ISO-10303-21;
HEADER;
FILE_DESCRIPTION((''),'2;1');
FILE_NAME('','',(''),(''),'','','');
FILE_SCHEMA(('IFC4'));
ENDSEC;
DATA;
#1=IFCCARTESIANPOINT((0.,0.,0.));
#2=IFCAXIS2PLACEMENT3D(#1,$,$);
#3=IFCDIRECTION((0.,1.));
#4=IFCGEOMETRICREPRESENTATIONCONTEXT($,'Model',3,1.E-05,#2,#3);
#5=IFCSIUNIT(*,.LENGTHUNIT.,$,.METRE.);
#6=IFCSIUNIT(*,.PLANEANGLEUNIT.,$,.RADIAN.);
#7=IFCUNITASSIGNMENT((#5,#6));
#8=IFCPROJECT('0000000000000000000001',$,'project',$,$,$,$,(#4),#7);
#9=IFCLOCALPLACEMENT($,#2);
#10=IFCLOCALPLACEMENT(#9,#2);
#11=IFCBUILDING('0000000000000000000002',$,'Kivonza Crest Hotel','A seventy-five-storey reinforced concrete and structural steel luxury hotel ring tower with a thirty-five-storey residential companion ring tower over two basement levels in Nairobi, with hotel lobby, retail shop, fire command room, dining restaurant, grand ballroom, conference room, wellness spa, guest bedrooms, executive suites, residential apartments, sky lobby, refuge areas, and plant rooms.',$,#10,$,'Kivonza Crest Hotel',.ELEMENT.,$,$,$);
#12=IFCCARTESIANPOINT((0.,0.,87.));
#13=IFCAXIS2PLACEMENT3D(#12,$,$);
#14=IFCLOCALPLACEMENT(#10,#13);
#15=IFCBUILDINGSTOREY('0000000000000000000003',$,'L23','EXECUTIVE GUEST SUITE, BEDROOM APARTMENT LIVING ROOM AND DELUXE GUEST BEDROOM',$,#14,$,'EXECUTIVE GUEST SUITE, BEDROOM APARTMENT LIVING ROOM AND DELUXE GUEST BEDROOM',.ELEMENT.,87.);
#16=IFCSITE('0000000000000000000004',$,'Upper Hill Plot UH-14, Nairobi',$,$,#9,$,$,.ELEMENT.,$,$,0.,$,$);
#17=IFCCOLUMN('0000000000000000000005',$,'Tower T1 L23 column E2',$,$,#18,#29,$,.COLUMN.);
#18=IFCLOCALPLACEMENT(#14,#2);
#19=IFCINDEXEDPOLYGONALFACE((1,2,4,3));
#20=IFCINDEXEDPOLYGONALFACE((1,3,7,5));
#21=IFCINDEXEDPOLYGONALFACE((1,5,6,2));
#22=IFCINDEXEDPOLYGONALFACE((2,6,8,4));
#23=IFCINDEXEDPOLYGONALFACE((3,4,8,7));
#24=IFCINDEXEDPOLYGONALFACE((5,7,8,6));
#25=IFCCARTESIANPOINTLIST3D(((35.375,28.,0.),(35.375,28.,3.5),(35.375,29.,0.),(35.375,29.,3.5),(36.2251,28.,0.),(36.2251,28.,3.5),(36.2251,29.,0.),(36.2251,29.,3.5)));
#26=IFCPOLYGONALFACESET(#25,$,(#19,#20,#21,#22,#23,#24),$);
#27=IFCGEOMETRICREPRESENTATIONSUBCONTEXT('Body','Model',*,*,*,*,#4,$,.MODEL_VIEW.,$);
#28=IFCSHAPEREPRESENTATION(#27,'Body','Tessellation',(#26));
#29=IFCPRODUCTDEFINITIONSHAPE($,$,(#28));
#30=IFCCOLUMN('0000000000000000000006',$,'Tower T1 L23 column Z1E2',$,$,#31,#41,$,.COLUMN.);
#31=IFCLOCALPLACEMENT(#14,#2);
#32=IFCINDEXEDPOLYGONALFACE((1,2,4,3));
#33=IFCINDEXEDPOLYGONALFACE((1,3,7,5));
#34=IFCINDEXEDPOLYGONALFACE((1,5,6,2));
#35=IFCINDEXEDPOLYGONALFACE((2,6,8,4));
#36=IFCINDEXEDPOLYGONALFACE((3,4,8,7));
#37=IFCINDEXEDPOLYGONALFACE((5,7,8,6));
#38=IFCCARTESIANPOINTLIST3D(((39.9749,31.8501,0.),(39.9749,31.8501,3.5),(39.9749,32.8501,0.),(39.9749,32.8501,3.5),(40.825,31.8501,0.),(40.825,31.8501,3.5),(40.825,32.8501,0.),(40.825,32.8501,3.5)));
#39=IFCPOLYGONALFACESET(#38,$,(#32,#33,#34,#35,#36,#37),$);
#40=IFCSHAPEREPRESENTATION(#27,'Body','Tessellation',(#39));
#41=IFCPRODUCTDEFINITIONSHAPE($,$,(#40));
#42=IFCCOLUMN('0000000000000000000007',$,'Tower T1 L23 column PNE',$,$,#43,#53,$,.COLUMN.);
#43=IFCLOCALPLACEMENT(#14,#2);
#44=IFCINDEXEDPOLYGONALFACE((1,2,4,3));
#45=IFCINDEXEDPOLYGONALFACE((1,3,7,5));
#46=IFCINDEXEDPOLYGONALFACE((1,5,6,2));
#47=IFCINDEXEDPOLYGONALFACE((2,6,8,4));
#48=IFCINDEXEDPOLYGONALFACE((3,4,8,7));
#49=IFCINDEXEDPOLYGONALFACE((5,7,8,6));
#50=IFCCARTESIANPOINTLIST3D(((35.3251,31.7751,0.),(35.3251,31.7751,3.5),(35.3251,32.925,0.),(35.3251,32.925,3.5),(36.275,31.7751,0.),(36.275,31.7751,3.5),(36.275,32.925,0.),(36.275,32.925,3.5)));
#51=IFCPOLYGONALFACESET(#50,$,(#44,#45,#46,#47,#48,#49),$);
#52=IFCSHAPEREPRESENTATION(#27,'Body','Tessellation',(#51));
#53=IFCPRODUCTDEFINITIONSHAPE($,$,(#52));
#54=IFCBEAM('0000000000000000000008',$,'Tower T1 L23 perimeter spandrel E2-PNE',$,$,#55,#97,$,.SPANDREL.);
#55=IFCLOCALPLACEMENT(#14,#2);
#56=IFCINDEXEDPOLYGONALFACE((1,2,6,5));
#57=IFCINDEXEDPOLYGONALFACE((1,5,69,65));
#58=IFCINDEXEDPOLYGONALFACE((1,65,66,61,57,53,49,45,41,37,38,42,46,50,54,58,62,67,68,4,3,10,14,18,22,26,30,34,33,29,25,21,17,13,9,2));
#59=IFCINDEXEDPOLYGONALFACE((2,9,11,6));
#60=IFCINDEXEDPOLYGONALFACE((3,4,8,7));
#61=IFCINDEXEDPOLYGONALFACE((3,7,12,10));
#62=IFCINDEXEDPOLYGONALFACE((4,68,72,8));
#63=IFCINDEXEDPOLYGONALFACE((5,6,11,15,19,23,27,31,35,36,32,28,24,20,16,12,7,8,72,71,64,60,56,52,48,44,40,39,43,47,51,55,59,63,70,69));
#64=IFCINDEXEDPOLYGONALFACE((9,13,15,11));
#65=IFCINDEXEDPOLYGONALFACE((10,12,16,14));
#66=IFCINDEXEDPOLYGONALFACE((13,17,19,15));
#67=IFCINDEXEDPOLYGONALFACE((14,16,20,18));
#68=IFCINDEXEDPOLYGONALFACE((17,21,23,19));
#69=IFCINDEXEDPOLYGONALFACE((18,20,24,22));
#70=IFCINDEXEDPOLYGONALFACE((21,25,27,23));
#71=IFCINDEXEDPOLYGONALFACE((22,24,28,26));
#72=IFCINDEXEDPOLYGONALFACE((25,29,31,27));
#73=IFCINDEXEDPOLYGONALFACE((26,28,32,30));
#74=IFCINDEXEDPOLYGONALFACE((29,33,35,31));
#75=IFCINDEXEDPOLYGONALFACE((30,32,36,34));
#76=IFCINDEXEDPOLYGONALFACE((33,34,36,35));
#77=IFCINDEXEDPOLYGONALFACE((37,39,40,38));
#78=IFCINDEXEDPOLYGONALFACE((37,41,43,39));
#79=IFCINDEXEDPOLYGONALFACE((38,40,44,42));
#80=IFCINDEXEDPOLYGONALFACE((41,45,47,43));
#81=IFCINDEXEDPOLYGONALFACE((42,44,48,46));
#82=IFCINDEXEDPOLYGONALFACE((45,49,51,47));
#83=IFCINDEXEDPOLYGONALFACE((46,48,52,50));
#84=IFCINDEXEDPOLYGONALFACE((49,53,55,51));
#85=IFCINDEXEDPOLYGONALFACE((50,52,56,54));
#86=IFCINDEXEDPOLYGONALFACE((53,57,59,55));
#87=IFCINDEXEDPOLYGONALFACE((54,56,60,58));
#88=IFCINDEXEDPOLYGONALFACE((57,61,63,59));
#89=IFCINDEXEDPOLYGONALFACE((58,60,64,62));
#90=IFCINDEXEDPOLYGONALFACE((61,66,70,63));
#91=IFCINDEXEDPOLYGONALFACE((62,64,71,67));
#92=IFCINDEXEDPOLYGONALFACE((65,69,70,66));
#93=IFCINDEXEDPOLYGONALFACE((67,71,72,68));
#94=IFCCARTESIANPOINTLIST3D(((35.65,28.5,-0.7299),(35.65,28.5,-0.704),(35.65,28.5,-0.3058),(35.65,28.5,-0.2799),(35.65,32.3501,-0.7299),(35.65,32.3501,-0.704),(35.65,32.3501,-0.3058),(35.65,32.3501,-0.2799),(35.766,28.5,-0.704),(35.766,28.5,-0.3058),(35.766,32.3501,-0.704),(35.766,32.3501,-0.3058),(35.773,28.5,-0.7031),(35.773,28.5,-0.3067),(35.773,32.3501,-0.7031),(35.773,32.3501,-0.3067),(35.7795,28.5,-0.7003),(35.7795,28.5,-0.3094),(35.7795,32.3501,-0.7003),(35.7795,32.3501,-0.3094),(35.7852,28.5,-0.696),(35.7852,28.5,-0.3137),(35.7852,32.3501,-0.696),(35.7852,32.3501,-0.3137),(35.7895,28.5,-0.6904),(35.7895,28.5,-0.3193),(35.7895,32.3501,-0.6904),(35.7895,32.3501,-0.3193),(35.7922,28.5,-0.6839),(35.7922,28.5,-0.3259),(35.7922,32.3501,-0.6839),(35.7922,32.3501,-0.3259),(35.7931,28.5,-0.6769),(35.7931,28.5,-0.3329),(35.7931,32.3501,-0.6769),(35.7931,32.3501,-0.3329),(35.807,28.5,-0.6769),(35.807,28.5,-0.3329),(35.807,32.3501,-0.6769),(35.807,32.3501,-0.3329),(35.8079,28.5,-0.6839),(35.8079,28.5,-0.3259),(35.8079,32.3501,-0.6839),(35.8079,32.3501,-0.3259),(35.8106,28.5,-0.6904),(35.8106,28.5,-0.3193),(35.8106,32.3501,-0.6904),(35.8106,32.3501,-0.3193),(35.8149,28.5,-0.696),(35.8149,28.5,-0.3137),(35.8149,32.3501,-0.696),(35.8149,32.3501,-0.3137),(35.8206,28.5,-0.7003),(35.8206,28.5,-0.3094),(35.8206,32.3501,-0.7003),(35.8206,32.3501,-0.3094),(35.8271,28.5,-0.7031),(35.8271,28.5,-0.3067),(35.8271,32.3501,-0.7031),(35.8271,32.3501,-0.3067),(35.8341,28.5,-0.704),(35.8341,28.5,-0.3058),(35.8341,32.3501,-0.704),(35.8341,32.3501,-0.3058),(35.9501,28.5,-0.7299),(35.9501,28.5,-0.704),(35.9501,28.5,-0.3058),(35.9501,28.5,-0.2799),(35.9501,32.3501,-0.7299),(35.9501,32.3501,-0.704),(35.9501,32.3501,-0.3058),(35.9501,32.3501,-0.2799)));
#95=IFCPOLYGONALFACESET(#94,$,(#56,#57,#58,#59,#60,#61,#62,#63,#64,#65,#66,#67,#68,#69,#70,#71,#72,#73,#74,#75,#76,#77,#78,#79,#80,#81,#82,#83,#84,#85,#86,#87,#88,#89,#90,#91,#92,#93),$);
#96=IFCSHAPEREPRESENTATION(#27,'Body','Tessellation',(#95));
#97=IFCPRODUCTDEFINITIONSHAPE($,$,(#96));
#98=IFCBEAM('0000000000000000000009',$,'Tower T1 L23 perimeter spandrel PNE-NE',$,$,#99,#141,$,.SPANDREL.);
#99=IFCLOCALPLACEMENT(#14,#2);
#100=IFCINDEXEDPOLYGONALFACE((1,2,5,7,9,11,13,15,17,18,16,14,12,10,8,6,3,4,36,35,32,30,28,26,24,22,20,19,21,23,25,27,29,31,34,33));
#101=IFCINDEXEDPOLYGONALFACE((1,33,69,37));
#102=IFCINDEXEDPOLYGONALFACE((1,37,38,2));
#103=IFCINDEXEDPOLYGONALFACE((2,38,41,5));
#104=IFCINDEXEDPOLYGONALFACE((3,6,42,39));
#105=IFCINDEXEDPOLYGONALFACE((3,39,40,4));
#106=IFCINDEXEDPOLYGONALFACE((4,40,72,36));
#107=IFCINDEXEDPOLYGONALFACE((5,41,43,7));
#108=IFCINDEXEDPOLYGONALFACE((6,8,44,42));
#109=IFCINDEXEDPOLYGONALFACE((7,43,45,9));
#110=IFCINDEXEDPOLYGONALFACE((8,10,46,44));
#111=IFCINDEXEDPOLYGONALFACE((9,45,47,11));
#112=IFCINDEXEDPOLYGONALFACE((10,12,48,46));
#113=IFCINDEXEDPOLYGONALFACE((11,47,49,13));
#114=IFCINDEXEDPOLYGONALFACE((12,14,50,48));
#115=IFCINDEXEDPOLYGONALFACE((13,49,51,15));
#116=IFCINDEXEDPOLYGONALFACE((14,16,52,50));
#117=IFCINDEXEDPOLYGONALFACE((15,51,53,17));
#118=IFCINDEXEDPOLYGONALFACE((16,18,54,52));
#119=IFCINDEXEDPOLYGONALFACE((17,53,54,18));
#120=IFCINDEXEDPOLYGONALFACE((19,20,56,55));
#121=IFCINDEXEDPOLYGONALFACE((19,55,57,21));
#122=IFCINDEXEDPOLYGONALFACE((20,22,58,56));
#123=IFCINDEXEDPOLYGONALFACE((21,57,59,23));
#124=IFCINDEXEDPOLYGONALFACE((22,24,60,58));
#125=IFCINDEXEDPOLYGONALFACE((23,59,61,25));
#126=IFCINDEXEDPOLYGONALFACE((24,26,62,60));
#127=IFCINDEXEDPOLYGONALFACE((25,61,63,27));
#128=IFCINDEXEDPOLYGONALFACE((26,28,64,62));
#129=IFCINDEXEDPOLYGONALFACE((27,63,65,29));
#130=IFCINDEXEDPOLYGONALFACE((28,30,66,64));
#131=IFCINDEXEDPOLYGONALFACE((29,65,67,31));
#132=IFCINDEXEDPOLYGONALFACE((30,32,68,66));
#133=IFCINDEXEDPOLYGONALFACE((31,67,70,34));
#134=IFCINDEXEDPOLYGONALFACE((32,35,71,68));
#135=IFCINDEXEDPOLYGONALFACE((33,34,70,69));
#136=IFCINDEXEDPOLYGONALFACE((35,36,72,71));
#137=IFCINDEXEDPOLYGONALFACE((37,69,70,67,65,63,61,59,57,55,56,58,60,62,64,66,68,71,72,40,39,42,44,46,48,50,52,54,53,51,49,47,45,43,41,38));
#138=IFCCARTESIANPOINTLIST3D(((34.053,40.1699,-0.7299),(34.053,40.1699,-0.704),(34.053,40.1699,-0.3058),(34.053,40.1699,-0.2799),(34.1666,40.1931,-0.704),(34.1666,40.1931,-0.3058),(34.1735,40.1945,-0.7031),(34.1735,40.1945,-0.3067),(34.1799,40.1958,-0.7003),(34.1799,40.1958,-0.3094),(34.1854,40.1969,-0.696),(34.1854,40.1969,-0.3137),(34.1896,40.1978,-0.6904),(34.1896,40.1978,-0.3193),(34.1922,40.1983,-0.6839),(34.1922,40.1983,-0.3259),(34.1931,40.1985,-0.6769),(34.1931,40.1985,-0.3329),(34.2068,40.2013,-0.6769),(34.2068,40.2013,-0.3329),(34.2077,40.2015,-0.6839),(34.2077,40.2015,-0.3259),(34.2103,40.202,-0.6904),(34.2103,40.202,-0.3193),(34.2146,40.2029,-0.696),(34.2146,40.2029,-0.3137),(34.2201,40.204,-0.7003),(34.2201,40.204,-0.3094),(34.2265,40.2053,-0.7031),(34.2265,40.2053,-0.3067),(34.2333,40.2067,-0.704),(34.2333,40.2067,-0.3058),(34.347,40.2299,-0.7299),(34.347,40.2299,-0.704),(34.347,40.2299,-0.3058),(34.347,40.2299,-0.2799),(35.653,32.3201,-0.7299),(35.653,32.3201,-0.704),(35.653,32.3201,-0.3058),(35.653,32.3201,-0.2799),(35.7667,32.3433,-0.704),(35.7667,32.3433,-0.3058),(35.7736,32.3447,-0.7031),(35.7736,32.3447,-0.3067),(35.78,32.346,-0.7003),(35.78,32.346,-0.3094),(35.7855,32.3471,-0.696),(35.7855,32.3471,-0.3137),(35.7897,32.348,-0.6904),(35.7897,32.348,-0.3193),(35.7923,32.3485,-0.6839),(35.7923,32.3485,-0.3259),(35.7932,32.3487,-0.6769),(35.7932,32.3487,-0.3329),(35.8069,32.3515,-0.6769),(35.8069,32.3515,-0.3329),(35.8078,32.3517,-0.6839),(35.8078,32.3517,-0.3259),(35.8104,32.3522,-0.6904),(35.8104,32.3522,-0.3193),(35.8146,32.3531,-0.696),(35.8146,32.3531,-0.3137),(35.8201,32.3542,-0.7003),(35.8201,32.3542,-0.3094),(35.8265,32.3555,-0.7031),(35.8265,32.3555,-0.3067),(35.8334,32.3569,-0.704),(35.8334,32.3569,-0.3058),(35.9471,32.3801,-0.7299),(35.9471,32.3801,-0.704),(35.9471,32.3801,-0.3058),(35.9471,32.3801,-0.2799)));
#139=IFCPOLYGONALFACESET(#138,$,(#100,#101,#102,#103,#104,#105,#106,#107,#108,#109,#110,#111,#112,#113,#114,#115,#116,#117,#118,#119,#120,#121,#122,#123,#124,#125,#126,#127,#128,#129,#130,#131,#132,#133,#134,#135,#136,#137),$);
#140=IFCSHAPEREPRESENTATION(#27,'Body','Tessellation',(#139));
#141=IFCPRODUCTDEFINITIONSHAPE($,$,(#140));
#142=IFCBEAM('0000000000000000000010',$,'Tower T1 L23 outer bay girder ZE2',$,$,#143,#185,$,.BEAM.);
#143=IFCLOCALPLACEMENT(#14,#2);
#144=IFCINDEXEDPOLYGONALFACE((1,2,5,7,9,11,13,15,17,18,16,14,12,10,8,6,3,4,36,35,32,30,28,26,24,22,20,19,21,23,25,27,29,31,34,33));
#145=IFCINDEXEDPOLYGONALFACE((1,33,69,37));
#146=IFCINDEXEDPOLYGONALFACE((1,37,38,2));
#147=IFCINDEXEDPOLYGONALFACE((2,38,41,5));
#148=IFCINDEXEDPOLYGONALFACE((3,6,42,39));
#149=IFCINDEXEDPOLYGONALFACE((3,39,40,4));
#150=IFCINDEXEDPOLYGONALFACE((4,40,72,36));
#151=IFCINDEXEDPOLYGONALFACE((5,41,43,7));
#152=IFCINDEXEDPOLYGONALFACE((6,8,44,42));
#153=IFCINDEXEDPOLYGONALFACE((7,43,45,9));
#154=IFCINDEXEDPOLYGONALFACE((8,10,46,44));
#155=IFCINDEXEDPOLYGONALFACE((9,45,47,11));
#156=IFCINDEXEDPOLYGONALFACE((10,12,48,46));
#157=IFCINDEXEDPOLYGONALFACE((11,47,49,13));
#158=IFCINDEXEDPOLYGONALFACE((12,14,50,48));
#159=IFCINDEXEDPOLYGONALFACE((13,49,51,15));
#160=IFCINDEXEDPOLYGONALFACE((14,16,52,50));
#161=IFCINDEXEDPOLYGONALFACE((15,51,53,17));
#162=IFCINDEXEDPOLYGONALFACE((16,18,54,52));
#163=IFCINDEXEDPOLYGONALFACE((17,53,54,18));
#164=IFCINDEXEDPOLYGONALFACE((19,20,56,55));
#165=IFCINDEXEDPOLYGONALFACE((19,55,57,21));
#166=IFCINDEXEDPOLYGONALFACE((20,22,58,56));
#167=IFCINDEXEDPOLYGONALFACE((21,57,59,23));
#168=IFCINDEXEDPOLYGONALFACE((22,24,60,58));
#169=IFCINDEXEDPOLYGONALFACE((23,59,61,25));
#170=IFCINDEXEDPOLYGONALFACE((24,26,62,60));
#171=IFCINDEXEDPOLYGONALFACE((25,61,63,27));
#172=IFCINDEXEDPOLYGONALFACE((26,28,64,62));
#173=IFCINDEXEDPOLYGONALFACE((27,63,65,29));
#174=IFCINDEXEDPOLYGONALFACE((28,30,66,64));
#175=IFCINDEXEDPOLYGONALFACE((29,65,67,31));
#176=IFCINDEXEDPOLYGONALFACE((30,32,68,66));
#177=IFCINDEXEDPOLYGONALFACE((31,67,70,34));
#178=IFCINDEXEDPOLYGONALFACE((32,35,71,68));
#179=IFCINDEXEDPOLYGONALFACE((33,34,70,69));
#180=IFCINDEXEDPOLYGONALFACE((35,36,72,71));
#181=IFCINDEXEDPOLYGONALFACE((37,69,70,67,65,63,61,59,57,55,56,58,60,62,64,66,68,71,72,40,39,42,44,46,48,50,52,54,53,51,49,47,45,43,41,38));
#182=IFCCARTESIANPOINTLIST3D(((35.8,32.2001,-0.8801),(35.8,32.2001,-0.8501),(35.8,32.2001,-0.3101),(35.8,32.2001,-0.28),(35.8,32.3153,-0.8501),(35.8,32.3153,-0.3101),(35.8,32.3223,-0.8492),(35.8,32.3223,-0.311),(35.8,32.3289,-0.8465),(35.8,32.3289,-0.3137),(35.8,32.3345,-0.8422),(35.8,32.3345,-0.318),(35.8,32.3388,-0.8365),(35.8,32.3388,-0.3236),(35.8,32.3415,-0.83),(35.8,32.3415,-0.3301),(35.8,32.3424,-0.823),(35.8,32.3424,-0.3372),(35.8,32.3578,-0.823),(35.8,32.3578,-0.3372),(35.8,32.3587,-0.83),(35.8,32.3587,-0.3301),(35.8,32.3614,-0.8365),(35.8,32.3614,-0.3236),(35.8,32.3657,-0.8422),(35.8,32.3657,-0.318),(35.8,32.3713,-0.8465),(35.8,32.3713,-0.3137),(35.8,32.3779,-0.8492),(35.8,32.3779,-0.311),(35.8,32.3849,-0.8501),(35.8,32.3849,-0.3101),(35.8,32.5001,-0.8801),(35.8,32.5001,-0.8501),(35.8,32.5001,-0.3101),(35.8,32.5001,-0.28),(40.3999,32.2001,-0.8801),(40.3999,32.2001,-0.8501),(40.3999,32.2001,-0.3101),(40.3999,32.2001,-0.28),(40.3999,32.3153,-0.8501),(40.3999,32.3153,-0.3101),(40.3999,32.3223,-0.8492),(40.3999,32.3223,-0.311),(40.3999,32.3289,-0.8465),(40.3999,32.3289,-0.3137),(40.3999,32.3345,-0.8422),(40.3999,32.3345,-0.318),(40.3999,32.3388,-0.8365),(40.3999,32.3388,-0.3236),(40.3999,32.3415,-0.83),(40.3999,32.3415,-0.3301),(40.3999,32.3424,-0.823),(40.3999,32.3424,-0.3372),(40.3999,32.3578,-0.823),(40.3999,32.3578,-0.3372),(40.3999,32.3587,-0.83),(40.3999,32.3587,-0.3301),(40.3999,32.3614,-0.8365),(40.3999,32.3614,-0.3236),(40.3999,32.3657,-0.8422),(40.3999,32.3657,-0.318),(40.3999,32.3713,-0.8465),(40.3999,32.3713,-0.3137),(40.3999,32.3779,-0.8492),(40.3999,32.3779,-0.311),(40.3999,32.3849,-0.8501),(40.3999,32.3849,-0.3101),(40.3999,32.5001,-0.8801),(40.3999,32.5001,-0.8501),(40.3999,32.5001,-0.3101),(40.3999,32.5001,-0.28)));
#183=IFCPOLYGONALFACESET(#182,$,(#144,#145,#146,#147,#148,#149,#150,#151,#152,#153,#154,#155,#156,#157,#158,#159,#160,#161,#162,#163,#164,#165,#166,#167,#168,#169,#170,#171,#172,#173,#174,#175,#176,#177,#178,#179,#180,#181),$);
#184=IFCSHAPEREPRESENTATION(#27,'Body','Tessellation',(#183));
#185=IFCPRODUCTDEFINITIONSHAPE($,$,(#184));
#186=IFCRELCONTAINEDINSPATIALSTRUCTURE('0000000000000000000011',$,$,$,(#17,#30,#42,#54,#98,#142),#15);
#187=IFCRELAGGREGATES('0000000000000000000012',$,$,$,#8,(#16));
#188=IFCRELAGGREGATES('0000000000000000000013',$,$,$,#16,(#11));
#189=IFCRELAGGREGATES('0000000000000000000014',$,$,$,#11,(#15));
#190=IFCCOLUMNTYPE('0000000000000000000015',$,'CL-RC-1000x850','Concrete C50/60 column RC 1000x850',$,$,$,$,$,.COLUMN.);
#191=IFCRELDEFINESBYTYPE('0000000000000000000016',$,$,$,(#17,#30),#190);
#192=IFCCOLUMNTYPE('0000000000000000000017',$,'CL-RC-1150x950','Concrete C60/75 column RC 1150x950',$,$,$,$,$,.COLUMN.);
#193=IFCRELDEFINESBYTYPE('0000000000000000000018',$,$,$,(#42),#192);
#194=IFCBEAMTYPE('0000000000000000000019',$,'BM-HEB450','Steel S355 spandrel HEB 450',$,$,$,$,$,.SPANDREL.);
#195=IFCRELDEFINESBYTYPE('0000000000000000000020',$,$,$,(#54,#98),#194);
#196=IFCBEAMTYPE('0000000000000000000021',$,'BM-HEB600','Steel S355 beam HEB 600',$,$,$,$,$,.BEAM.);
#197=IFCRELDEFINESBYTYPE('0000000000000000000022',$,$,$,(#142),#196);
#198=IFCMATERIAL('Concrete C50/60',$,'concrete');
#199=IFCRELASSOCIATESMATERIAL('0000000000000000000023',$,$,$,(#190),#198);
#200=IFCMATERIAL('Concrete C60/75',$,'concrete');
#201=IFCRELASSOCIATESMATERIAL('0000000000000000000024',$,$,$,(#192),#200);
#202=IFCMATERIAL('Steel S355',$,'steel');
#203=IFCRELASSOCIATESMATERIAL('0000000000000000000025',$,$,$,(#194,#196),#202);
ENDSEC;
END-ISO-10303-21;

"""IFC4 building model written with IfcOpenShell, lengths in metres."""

from ifc_helpers import new_model, si_unit, direction, frame, origin, origin_2d, place, context, subcontext, project, spatial, rectangle, i_section, extrude, material, material_profile, profile_set, type_object, element, save


model = new_model("IFC4")

# Units and contexts
model_context = context("Model", 3, precision=1e-05, world=origin(), true_north=direction((0.0, 1.0)))
body_context = subcontext(model_context, "Body", "Model", "MODEL_VIEW")
ifc_project = project(units=[si_unit("LENGTHUNIT", "METRE"), si_unit("PLANEANGLEUNIT", "RADIAN")], contexts=[model_context])

# Site, building, storey
site_placement = place(None, origin())
site = spatial("IfcSite", under=ifc_project, at=site_placement, Name="Upper Hill Plot UH-14, Nairobi", CompositionType="ELEMENT", RefElevation=0.0)
building_placement = place(site_placement, origin())
building = spatial("IfcBuilding", under=site, at=building_placement, Name="Kivonza Crest Hotel", Description="A seventy-five-storey reinforced concrete and structural steel luxury hotel ring tower with a thirty-five-storey residential companion ring tower over two basement levels in Nairobi, with hotel lobby, retail shop, fire command room, dining restaurant, grand ballroom, conference room, wellness spa, guest bedrooms, executive suites, residential apartments, sky lobby, refuge areas, and plant rooms.", LongName="Kivonza Crest Hotel", CompositionType="ELEMENT")
storey_placement = place(building_placement, frame((0.0, 0.0, 87.0)))
storey = spatial("IfcBuildingStorey", under=building, at=storey_placement, Name="L23", Description="EXECUTIVE GUEST SUITE, BEDROOM APARTMENT LIVING ROOM AND DELUXE GUEST BEDROOM", LongName="EXECUTIVE GUEST SUITE, BEDROOM APARTMENT LIVING ROOM AND DELUXE GUEST BEDROOM", CompositionType="ELEMENT", Elevation=87.0)

# Columns
ifc_material_1 = material(Name="Concrete C50/60", Category="concrete")
ifc_material_profile_1 = material_profile(ifc_material_1, rectangle(XDim=0.8501, YDim=1.0, at=origin_2d()), Name="RC 1000x850")
ifc_profile_set_1 = profile_set([ifc_material_profile_1], Name="Concrete C50/60")
column_type_1 = type_object("IfcColumnType", Name="CL-RC-1000x850", Description="Concrete C50/60 column RC 1000x850", PredefinedType="COLUMN", material=ifc_profile_set_1)
for number, where, z_axis, x_axis, name in (
    (1, (35.8, 28.5, 0.0), (0.0, 0.0, 1.0), (1.0, 0.0, 0.0), "Tower T1 L23 column E2"),
    (2, (40.3999, 32.3501, 0.0), (0.0, 0.0, 1.0), (1.0, 0.0, 0.0), "Tower T1 L23 column Z1E2"),
):
    element("IfcColumn", number, at=place(storey_placement, frame(where, z_axis=z_axis, x_axis=x_axis)), inside=storey, type_object=column_type_1, Name=name, PredefinedType="COLUMN", context=body_context, shape_type="SweptSolid", body=[
        extrude(rectangle(XDim=0.8501, YDim=1.0, at=origin_2d()), origin(), (0.0, 0.0, 1.0), 3.5),
    ])
ifc_material_2 = material(Name="Concrete C60/75", Category="concrete")
ifc_material_profile_2 = material_profile(ifc_material_2, rectangle(XDim=0.95, YDim=1.1499, at=origin_2d()), Name="RC 1150x950")
ifc_profile_set_2 = profile_set([ifc_material_profile_2], Name="Concrete C60/75")
column_type_2 = type_object("IfcColumnType", Name="CL-RC-1150x950", Description="Concrete C60/75 column RC 1150x950", PredefinedType="COLUMN", material=ifc_profile_set_2)
column_placement = place(storey_placement, frame((35.8, 32.3501, 0.0), z_axis=(0.0, 0.0, 1.0), x_axis=(1.0, 0.0, 0.0)))
element("IfcColumn", 3, at=column_placement, inside=storey, type_object=column_type_2, Name="Tower T1 L23 column PNE", PredefinedType="COLUMN", context=body_context, shape_type="SweptSolid", body=[
    extrude(rectangle(XDim=0.95, YDim=1.1499, at=origin_2d()), origin(), (0.0, 0.0, 1.0), 3.5),
])

# Beams
ifc_material_3 = material(Name="Steel S355", Category="steel")
ifc_material_profile_3 = material_profile(ifc_material_3, i_section(OverallWidth=0.3, OverallDepth=0.45, WebThickness=0.0139, FlangeThickness=0.0259, FilletRadius=0.0271, at=origin_2d()), Name="HEB 450")
ifc_profile_set_3 = profile_set([ifc_material_profile_3], Name="Steel S355")
beam_type_1 = type_object("IfcBeamType", Name="BM-HEB450", Description="Steel S355 spandrel HEB 450", PredefinedType="SPANDREL", material=ifc_profile_set_3)
beam_1_placement = place(storey_placement, frame((35.8, 28.5, -0.5049), z_axis=(0.0, 1.0, 0.0), x_axis=(-1.0, 0.0, 0.0)))
element("IfcBeam", 4, at=beam_1_placement, inside=storey, type_object=beam_type_1, Name="Tower T1 L23 perimeter spandrel E2-PNE", PredefinedType="SPANDREL", context=body_context, shape_type="SweptSolid", body=[
    extrude(i_section(OverallWidth=0.3, OverallDepth=0.45, WebThickness=0.0139, FlangeThickness=0.0259, FilletRadius=0.0271, at=origin_2d()), origin(), (0.0, 0.0, 1.0), 3.8501),
])
beam_2_placement = place(storey_placement, frame((35.8, 32.3501, -0.5049), z_axis=(-0.199731, 0.979851, 0.0), x_axis=(-0.979851, -0.199731, 0.0)))
element("IfcBeam", 5, at=beam_2_placement, inside=storey, type_object=beam_type_1, Name="Tower T1 L23 perimeter spandrel PNE-NE", PredefinedType="SPANDREL", context=body_context, shape_type="SweptSolid", body=[
    extrude(i_section(OverallWidth=0.3, OverallDepth=0.45, WebThickness=0.0139, FlangeThickness=0.0259, FilletRadius=0.0271, at=origin_2d()), origin(), (0.0, 0.0, 1.0), 8.0112),
])
ifc_material_profile_4 = material_profile(ifc_material_3, i_section(OverallWidth=0.3, OverallDepth=0.6001, WebThickness=0.0154, FlangeThickness=0.03, FilletRadius=0.0271, at=origin_2d()), Name="HEB 600")
ifc_profile_set_4 = profile_set([ifc_material_profile_4], Name="Steel S355")
beam_type_2 = type_object("IfcBeamType", Name="BM-HEB600", Description="Steel S355 beam HEB 600", PredefinedType="BEAM", material=ifc_profile_set_4)
beam_3_placement = place(storey_placement, frame((40.3999, 32.3501, -0.5801), z_axis=(-1.0, 0.0, 0.0), x_axis=(0.0, -1.0, 0.0)))
element("IfcBeam", 6, at=beam_3_placement, inside=storey, type_object=beam_type_2, Name="Tower T1 L23 outer bay girder ZE2", PredefinedType="BEAM", context=body_context, shape_type="SweptSolid", body=[
    extrude(i_section(OverallWidth=0.3, OverallDepth=0.6001, WebThickness=0.0154, FlangeThickness=0.03, FilletRadius=0.0271, at=origin_2d()), origin(), (0.0, 0.0, 1.0), 4.5999),
])

save(model, "model.ifc")
